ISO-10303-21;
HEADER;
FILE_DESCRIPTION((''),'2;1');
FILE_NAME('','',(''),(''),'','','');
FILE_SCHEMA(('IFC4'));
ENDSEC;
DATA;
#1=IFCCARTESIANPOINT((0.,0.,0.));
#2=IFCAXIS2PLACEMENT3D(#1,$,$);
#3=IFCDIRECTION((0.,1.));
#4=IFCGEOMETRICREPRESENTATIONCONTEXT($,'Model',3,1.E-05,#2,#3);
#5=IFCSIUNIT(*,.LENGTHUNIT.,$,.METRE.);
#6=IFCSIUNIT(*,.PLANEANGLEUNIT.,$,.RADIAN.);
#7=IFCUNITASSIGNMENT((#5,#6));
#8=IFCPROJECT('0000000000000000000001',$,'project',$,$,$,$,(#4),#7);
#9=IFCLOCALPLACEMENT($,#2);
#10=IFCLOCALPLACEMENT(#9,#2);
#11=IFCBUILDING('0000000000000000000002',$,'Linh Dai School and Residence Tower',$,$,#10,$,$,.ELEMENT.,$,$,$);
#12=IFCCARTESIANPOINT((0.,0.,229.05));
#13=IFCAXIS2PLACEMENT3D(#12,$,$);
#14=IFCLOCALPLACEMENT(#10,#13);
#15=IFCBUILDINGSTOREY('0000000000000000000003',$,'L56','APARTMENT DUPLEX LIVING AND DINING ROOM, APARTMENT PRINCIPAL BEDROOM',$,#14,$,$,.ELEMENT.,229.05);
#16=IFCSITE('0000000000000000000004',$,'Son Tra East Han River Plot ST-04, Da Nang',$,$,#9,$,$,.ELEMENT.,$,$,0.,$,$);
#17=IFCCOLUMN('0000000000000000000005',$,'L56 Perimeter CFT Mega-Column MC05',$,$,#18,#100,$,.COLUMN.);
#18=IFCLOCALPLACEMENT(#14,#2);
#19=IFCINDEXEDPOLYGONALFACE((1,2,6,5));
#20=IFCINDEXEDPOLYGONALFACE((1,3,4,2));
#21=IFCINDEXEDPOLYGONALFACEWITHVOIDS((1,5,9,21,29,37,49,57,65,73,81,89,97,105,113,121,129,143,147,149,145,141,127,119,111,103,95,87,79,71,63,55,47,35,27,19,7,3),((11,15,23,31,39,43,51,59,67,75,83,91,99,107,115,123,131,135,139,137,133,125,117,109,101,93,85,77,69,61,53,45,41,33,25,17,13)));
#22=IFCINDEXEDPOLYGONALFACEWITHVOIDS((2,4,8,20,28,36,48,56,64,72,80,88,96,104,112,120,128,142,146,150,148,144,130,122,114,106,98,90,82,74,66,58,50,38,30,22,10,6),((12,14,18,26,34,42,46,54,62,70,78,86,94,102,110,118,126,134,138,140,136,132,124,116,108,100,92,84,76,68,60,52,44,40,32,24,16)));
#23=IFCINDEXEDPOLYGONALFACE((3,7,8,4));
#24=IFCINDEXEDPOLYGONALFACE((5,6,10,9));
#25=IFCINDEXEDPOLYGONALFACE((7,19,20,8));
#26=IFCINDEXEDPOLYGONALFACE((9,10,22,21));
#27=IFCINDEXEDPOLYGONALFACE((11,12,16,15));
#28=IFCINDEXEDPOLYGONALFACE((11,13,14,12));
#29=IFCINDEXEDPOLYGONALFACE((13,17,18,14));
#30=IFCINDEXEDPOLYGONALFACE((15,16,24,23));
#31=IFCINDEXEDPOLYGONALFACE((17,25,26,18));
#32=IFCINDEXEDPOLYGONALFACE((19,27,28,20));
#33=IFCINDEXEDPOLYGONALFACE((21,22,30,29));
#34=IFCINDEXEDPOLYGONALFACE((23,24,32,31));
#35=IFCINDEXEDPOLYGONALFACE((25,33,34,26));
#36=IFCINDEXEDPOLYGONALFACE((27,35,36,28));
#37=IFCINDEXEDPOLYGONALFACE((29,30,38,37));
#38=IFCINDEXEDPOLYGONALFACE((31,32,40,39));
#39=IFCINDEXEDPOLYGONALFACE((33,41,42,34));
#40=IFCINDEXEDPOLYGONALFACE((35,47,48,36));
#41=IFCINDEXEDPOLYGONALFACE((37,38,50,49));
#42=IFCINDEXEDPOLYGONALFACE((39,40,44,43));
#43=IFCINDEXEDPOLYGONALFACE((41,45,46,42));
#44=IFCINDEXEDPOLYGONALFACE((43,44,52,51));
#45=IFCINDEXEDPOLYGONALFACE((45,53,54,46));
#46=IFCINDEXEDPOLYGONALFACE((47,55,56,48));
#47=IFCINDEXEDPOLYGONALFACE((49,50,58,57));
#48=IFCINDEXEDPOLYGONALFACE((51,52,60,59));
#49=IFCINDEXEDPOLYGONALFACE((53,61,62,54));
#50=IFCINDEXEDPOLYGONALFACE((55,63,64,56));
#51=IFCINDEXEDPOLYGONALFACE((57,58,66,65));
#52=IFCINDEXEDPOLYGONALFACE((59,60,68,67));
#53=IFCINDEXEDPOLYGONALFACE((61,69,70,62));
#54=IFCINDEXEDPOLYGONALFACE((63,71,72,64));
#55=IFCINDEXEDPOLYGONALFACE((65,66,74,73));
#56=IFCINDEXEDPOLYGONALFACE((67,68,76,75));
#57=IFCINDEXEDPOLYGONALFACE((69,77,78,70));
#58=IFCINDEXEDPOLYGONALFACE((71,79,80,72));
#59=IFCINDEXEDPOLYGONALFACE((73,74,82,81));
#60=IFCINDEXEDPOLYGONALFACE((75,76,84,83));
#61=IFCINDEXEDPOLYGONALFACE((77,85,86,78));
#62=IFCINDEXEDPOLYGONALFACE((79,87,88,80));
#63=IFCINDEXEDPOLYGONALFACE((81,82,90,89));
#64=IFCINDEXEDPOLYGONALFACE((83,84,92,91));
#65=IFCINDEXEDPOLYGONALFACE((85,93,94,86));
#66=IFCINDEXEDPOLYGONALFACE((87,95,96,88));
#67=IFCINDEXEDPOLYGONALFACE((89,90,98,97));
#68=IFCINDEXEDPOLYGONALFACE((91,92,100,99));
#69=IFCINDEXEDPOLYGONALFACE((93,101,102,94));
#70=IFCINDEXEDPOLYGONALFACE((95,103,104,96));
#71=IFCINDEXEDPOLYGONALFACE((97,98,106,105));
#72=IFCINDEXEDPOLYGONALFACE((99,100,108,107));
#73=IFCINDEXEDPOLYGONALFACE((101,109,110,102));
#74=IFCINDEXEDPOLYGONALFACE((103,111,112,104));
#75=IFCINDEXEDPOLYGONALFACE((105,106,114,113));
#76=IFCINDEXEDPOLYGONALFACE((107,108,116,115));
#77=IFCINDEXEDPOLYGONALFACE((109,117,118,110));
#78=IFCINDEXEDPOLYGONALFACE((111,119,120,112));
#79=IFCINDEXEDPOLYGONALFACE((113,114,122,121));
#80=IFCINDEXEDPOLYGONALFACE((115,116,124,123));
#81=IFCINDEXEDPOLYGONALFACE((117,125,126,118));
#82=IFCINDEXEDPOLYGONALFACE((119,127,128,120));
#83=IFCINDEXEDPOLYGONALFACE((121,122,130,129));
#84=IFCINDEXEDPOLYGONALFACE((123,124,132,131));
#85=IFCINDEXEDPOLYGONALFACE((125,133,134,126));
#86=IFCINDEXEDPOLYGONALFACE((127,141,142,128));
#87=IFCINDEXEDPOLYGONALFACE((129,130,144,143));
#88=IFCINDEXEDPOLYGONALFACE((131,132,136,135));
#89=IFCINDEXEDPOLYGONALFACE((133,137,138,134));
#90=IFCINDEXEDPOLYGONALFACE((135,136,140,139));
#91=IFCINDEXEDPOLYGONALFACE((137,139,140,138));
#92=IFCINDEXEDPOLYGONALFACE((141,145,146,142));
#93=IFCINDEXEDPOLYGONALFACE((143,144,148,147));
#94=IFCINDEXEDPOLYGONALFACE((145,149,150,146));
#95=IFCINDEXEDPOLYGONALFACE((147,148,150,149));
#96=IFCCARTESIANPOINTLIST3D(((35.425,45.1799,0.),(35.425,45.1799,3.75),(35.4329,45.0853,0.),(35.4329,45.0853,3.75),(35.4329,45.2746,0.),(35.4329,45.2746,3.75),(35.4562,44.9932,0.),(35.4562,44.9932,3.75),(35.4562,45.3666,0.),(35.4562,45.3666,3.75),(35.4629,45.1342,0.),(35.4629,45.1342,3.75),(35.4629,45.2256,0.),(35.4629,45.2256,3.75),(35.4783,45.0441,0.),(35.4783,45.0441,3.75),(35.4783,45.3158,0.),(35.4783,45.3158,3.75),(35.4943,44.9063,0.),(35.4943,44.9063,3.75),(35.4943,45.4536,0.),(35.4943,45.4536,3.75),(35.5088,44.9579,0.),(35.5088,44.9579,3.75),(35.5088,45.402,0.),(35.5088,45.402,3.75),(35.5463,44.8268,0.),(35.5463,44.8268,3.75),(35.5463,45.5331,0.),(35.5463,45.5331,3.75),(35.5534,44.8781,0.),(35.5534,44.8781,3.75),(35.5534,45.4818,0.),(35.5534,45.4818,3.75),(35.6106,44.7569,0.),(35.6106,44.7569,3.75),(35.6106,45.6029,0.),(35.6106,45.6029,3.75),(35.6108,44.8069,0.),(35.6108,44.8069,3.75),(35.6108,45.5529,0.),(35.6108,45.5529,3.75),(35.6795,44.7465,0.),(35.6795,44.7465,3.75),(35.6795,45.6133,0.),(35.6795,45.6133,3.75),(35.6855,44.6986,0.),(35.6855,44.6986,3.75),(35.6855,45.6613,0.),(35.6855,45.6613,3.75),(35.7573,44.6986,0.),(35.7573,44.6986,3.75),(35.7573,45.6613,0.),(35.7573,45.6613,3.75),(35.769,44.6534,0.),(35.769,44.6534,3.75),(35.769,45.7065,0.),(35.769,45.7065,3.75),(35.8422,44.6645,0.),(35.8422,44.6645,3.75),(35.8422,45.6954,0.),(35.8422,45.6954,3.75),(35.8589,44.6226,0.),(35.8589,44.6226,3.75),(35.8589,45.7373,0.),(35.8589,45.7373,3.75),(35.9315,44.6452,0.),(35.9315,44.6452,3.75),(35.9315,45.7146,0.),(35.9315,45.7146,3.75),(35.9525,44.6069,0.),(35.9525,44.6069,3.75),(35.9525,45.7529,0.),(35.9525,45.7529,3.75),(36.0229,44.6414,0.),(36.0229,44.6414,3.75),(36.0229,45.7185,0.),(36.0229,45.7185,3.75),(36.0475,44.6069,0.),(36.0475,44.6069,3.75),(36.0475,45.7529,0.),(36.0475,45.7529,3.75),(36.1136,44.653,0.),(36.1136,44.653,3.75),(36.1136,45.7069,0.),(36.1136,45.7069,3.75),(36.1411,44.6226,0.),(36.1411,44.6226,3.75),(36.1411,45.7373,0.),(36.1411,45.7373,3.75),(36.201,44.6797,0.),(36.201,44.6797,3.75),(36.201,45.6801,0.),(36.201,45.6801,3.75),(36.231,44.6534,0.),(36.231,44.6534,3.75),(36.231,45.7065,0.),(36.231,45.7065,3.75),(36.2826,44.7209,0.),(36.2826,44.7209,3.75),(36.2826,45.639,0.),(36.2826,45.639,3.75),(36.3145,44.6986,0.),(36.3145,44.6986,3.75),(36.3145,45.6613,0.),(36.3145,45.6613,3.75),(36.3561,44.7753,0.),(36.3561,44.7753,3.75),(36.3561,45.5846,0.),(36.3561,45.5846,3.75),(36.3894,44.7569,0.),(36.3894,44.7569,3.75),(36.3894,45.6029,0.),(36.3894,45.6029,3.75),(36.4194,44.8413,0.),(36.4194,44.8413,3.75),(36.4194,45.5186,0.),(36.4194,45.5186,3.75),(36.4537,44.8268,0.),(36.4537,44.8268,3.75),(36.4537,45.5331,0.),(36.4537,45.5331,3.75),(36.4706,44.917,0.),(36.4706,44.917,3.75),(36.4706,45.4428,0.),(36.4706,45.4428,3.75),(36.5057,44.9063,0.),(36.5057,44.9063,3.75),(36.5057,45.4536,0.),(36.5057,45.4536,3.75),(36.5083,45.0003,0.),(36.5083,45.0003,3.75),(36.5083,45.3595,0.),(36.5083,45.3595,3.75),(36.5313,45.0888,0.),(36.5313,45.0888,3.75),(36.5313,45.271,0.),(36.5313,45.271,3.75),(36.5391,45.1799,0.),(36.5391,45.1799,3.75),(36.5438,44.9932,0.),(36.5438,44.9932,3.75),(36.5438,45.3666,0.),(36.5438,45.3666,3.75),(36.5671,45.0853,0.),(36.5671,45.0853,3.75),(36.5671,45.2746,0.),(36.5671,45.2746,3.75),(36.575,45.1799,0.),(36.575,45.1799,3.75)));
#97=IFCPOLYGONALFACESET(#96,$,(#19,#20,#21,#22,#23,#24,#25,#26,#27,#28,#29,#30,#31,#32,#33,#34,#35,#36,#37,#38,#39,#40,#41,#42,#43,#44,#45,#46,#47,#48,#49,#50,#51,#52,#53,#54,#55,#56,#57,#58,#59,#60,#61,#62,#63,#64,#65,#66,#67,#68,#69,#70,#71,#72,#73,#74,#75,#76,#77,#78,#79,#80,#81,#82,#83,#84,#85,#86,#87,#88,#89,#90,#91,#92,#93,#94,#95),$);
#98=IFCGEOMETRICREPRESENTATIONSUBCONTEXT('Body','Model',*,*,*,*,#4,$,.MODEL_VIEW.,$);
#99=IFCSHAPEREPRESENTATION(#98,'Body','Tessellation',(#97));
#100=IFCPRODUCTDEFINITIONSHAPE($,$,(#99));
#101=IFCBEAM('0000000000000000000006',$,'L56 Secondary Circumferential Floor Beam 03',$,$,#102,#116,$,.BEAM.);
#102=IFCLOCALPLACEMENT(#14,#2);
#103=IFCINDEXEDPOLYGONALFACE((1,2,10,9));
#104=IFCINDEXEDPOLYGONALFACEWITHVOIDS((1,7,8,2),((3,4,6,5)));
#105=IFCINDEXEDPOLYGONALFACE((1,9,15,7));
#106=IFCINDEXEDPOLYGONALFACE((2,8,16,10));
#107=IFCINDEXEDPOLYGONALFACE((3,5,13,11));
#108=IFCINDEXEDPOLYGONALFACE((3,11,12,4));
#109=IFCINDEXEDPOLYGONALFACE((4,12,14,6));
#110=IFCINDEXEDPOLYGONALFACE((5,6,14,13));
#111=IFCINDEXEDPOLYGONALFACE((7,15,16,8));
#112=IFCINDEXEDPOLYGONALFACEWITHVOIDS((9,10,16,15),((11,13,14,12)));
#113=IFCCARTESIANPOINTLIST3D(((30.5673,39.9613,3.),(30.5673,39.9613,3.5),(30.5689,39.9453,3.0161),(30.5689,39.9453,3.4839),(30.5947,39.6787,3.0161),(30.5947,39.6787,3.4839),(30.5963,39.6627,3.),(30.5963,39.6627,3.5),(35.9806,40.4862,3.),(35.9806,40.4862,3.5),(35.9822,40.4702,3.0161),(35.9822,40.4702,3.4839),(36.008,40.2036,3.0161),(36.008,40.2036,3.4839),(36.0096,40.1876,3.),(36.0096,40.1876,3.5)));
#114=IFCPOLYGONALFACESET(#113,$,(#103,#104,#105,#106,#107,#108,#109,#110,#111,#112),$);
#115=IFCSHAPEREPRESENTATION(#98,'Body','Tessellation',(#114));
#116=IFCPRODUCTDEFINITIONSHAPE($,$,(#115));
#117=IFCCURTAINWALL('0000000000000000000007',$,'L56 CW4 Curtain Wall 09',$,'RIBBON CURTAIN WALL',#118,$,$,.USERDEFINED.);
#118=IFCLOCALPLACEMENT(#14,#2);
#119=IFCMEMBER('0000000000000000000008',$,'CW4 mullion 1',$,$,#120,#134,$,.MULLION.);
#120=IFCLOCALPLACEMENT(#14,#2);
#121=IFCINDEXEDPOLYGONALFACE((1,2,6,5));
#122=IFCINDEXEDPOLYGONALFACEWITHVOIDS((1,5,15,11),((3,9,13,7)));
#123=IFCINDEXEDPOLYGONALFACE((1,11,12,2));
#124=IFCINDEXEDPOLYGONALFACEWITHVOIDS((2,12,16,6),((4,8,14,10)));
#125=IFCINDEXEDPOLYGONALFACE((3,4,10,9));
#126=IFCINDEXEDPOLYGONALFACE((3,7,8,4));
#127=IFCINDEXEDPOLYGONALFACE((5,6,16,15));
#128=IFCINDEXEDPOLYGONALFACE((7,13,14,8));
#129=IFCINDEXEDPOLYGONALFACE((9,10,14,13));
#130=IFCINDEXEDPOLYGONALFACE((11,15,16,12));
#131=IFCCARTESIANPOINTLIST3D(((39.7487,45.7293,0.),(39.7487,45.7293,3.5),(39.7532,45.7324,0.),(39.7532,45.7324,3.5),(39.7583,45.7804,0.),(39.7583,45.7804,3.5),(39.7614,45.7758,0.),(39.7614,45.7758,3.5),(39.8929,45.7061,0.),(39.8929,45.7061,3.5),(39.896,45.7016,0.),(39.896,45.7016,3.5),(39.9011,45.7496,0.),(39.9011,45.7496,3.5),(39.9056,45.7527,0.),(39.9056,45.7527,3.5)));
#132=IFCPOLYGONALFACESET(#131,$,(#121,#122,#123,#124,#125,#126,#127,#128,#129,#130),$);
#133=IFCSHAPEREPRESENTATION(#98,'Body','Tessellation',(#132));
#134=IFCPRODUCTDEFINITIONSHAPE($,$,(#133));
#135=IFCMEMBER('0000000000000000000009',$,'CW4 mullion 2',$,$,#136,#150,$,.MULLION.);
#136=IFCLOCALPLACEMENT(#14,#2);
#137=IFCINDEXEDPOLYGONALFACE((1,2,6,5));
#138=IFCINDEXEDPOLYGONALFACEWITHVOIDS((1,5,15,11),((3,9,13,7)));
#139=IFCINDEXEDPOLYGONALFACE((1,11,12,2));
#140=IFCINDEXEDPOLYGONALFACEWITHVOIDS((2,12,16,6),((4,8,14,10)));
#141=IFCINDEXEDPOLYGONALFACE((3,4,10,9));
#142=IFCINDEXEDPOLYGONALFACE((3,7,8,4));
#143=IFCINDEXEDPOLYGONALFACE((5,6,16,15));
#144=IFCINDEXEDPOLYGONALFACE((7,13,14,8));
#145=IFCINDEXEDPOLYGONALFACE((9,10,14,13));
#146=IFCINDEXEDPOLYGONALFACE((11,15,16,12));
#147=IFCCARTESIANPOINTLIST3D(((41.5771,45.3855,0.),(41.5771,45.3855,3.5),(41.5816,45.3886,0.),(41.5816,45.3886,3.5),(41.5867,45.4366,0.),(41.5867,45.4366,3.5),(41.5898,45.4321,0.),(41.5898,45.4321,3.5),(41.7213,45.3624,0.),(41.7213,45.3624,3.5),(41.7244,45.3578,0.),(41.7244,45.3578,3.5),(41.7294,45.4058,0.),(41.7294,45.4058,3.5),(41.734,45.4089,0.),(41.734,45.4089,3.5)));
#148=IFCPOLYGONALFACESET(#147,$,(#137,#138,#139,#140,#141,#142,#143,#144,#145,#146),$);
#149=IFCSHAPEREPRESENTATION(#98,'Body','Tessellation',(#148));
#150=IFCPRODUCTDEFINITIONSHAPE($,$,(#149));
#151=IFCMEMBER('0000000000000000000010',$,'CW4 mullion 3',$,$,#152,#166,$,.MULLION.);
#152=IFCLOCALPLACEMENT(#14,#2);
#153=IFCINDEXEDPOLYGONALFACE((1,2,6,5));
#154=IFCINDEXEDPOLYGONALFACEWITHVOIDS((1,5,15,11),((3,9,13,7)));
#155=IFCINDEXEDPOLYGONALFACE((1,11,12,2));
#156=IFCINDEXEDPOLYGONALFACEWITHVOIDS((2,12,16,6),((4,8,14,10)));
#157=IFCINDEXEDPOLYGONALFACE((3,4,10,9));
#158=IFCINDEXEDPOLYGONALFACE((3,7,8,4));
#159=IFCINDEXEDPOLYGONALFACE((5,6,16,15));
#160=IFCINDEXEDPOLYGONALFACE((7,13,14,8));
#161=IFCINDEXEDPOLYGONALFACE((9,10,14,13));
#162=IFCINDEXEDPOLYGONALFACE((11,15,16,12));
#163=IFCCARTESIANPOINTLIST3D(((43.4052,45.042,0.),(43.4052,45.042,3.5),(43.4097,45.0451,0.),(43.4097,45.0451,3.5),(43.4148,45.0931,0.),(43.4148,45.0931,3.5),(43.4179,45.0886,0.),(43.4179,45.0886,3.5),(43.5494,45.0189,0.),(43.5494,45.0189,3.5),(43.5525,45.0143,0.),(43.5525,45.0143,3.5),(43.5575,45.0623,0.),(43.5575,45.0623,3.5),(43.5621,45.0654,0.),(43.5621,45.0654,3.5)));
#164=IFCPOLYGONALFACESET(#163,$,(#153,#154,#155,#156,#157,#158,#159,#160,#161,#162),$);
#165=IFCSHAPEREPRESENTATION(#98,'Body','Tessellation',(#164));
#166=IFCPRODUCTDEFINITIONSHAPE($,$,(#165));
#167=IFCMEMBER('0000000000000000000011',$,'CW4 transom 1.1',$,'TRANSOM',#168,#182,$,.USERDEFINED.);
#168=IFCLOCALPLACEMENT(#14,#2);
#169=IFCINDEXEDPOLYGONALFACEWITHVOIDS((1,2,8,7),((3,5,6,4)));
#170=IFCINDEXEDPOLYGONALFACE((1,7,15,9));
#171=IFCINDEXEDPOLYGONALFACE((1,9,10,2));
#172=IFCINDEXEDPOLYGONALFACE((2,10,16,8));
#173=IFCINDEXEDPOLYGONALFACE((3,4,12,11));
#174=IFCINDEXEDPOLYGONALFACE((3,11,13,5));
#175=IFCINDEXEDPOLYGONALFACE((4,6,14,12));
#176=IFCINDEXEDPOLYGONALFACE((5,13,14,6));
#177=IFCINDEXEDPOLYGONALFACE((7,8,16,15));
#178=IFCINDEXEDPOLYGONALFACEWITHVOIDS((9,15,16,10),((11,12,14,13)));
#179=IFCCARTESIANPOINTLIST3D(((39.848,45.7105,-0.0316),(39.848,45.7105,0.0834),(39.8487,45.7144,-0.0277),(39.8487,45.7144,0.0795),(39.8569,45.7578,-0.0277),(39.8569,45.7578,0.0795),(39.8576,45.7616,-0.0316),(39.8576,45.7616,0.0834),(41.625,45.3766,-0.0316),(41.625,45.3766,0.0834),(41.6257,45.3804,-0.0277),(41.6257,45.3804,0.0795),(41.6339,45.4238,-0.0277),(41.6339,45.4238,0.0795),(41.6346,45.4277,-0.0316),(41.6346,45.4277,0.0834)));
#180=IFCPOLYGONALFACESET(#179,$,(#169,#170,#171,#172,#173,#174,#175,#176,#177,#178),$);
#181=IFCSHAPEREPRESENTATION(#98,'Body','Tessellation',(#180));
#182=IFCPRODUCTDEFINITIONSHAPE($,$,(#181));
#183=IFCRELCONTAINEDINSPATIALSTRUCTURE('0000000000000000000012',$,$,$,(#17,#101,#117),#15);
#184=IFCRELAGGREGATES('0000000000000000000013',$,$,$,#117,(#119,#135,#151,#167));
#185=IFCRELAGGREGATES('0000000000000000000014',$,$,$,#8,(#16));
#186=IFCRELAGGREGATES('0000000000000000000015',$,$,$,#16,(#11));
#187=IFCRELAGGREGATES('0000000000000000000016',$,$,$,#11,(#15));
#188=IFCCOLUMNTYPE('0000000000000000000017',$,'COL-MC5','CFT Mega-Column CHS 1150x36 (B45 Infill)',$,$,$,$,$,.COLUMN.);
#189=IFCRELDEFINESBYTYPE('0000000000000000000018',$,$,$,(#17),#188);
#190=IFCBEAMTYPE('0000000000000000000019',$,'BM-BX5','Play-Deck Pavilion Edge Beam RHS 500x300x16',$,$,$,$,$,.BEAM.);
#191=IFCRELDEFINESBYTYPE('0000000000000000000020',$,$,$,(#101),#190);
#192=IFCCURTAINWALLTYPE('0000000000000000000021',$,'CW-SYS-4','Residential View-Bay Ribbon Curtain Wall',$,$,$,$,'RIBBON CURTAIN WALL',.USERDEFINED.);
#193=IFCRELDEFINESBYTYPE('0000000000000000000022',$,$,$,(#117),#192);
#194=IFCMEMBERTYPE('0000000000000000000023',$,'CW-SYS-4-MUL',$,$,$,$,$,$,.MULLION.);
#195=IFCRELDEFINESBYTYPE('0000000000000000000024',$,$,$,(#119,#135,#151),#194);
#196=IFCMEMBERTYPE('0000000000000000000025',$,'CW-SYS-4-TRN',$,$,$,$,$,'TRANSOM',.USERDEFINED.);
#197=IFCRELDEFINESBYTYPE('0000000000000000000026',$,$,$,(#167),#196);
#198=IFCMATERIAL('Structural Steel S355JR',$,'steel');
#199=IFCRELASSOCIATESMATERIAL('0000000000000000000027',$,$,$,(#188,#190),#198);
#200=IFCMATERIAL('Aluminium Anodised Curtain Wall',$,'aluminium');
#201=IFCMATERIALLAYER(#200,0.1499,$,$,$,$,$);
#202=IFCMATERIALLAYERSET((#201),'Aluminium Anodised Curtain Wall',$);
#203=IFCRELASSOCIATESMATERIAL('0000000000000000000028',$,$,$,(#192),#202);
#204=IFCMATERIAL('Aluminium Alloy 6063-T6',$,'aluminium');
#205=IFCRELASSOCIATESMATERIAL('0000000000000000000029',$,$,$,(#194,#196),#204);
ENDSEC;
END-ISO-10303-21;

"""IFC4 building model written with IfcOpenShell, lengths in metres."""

from ifc_helpers import new_model, si_unit, direction, frame, origin, origin_2d, place, context, subcontext, project, spatial, hollow_rectangle, hollow_circle, extrude, source, transform, mapped, material, layer, layer_set, material_profile, profile_set, type_object, element, aggregate, save


model = new_model("IFC4")

# Units and contexts
model_context = context("Model", 3, precision=1e-05, world=origin(), true_north=direction((0.0, 1.0)))
body_context = subcontext(model_context, "Body", "Model", "MODEL_VIEW")
ifc_project = project(units=[si_unit("LENGTHUNIT", "METRE"), si_unit("PLANEANGLEUNIT", "RADIAN")], contexts=[model_context])

# Site, building, storey
site_placement = place(None, origin())
site = spatial("IfcSite", under=ifc_project, at=site_placement, Name="Son Tra East Han River Plot ST-04, Da Nang", CompositionType="ELEMENT", RefElevation=0.0)
building_placement = place(site_placement, origin())
building = spatial("IfcBuilding", under=site, at=building_placement, Name="Linh Dai School and Residence Tower", CompositionType="ELEMENT")
storey_placement = place(building_placement, frame((0.0, 0.0, 229.05)))
storey = spatial("IfcBuildingStorey", under=building, at=storey_placement, Name="L56", Description="APARTMENT DUPLEX LIVING AND DINING ROOM, APARTMENT PRINCIPAL BEDROOM", CompositionType="ELEMENT", Elevation=229.05)

# Column
ifc_material_1 = material(Name="Structural Steel S355JR", Category="steel")
ifc_material_profile_1 = material_profile(ifc_material_1, hollow_circle(Radius=0.575, WallThickness=0.0359, at=origin_2d()), Name="CHS 1150x36")
ifc_profile_set_1 = profile_set([ifc_material_profile_1], Name="Structural Steel S355JR")
column_type = type_object("IfcColumnType", Name="COL-MC5", Description="CFT Mega-Column CHS 1150x36 (B45 Infill)", PredefinedType="COLUMN", material=ifc_profile_set_1)
column_placement = place(storey_placement, frame((36.0, 45.1799, 0.0), z_axis=(0.0, 0.0, 1.0), x_axis=(1.0, 0.0, 0.0)))
element("IfcColumn", 1, at=column_placement, inside=storey, type_object=column_type, Name="L56 Perimeter CFT Mega-Column MC05", PredefinedType="COLUMN", context=body_context, shape_type="SweptSolid", body=[
    extrude(hollow_circle(Radius=0.575, WallThickness=0.0359, at=origin_2d()), origin(), (0.0, 0.0, 1.0), 3.75),
])

# Beam
ifc_material_profile_2 = material_profile(ifc_material_1, hollow_rectangle(XDim=0.3, YDim=0.5, WallThickness=0.0161, at=origin_2d()), Name="RHS 500x300x16")
ifc_profile_set_2 = profile_set([ifc_material_profile_2], Name="Structural Steel S355JR")
beam_type = type_object("IfcBeamType", Name="BM-BX5", Description="Play-Deck Pavilion Edge Beam RHS 500x300x16", PredefinedType="BEAM", material=ifc_profile_set_2)
beam_placement = place(storey_placement, frame((35.9951, 40.3369, 3.25), z_axis=(-0.995332, -0.096512, 0.0), x_axis=(0.096512, -0.995332, 0.0)))
element("IfcBeam", 2, at=beam_placement, inside=storey, type_object=beam_type, Name="L56 Secondary Circumferential Floor Beam 03", PredefinedType="BEAM", context=body_context, shape_type="SweptSolid", body=[
    extrude(hollow_rectangle(XDim=0.3, YDim=0.5, WallThickness=0.0161, at=origin_2d()), origin(), (0.0, 0.0, 1.0), 5.4387),
])

# Curtain wall, members
ifc_material_2 = material(Name="Aluminium Anodised Curtain Wall", Category="aluminium")
ifc_layer_1 = layer(ifc_material_2, 0.1499)
ifc_layer_set_1 = layer_set([ifc_layer_1], Name="Aluminium Anodised Curtain Wall")
curtain_wall_type = type_object("IfcCurtainWallType", Name="CW-SYS-4", Description="Residential View-Bay Ribbon Curtain Wall", ElementType="RIBBON CURTAIN WALL", PredefinedType="USERDEFINED", material=ifc_layer_set_1)
curtain_wall_placement = place(storey_placement, origin())
curtain_wall = element("IfcCurtainWall", 3, at=curtain_wall_placement, inside=storey, type_object=curtain_wall_type, Name="L56 CW4 Curtain Wall 09", ObjectType="RIBBON CURTAIN WALL", PredefinedType="USERDEFINED")
ifc_material_3 = material(Name="Aluminium Alloy 6063-T6", Category="aluminium")
ifc_material_profile_3 = material_profile(ifc_material_3, hollow_rectangle(XDim=0.052, YDim=0.1499, WallThickness=0.0039, at=origin_2d()), Name="RHS 150x52x4")
ifc_profile_set_3 = profile_set([ifc_material_profile_3], Name="Aluminium Alloy 6063-T6")
member_type_1 = type_object("IfcMemberType", Name="CW-SYS-4-MUL", PredefinedType="MULLION", material=ifc_profile_set_3)
shared_shape_1 = source(origin(), body_context, "Body", "SweptSolid", [
    extrude(hollow_rectangle(XDim=0.052, YDim=0.1499, WallThickness=0.0039, at=origin_2d()), origin(), (0.0, 0.0, 1.0), 3.5),
])
member_1_placement = place(storey_placement, frame((39.8271, 45.741, 0.0), z_axis=(0.0, 0.0, 1.0), x_axis=(0.184744, 0.982787, 0.0)))
member_1 = element("IfcMember", 4, at=member_1_placement, type_object=member_type_1, Name="CW4 mullion 1", PredefinedType="MULLION", context=body_context, shape_type="MappedRepresentation", body=[
    mapped(shared_shape_1, transform((0.0, 0.0, 0.0), x_axis=(1.0, 0.0, 0.0), y_axis=(0.0, 1.0, 0.0), z_axis=(0.0, 0.0, 1.0), scale=1.0)),
])
member_2_placement = place(storey_placement, frame((41.6555, 45.3972, 0.0), z_axis=(0.0, 0.0, 1.0), x_axis=(0.184744, 0.982787, 0.0)))
member_2 = element("IfcMember", 5, at=member_2_placement, type_object=member_type_1, Name="CW4 mullion 2", PredefinedType="MULLION", context=body_context, shape_type="MappedRepresentation", body=[
    mapped(shared_shape_1, transform((0.0, 0.0, 0.0), x_axis=(1.0, 0.0, 0.0), y_axis=(0.0, 1.0, 0.0), z_axis=(0.0, 0.0, 1.0), scale=1.0)),
])
member_3_placement = place(storey_placement, frame((43.4836, 45.0537, 0.0), z_axis=(0.0, 0.0, 1.0), x_axis=(0.184744, 0.982787, 0.0)))
member_3 = element("IfcMember", 6, at=member_3_placement, type_object=member_type_1, Name="CW4 mullion 3", PredefinedType="MULLION", context=body_context, shape_type="MappedRepresentation", body=[
    mapped(shared_shape_1, transform((0.0, 0.0, 0.0), x_axis=(1.0, 0.0, 0.0), y_axis=(0.0, 1.0, 0.0), z_axis=(0.0, 0.0, 1.0), scale=1.0)),
])
ifc_material_profile_4 = material_profile(ifc_material_3, hollow_rectangle(XDim=0.052, YDim=0.115, WallThickness=0.0039, at=origin_2d()), Name="RHS 115x52x4")
ifc_profile_set_4 = profile_set([ifc_material_profile_4], Name="Aluminium Alloy 6063-T6")
member_type_2 = type_object("IfcMemberType", Name="CW-SYS-4-TRN", ElementType="TRANSOM", PredefinedType="USERDEFINED", material=ifc_profile_set_4)
shared_shape_2 = source(origin(), body_context, "Body", "SweptSolid", [
    extrude(hollow_rectangle(XDim=0.052, YDim=0.115, WallThickness=0.0039, at=origin_2d()), origin(), (0.0, 0.0, 1.0), 1.8081),
])
member_4_placement = place(storey_placement, frame((39.8528, 45.7361, 0.0259), z_axis=(0.982794, -0.184704, 0.0), x_axis=(0.184704, 0.982794, 0.0)))
member_4 = element("IfcMember", 7, at=member_4_placement, type_object=member_type_2, Name="CW4 transom 1.1", ObjectType="TRANSOM", PredefinedType="USERDEFINED", context=body_context, shape_type="MappedRepresentation", body=[
    mapped(shared_shape_2, transform((0.0, 0.0, 0.0), x_axis=(1.0, 0.0, 0.0), y_axis=(0.0, 1.0, 0.0), z_axis=(0.0, 0.0, 1.0), scale=1.0)),
])

aggregate(curtain_wall, [member_1, member_2, member_3, member_4])

save(model, "model.ifc")
